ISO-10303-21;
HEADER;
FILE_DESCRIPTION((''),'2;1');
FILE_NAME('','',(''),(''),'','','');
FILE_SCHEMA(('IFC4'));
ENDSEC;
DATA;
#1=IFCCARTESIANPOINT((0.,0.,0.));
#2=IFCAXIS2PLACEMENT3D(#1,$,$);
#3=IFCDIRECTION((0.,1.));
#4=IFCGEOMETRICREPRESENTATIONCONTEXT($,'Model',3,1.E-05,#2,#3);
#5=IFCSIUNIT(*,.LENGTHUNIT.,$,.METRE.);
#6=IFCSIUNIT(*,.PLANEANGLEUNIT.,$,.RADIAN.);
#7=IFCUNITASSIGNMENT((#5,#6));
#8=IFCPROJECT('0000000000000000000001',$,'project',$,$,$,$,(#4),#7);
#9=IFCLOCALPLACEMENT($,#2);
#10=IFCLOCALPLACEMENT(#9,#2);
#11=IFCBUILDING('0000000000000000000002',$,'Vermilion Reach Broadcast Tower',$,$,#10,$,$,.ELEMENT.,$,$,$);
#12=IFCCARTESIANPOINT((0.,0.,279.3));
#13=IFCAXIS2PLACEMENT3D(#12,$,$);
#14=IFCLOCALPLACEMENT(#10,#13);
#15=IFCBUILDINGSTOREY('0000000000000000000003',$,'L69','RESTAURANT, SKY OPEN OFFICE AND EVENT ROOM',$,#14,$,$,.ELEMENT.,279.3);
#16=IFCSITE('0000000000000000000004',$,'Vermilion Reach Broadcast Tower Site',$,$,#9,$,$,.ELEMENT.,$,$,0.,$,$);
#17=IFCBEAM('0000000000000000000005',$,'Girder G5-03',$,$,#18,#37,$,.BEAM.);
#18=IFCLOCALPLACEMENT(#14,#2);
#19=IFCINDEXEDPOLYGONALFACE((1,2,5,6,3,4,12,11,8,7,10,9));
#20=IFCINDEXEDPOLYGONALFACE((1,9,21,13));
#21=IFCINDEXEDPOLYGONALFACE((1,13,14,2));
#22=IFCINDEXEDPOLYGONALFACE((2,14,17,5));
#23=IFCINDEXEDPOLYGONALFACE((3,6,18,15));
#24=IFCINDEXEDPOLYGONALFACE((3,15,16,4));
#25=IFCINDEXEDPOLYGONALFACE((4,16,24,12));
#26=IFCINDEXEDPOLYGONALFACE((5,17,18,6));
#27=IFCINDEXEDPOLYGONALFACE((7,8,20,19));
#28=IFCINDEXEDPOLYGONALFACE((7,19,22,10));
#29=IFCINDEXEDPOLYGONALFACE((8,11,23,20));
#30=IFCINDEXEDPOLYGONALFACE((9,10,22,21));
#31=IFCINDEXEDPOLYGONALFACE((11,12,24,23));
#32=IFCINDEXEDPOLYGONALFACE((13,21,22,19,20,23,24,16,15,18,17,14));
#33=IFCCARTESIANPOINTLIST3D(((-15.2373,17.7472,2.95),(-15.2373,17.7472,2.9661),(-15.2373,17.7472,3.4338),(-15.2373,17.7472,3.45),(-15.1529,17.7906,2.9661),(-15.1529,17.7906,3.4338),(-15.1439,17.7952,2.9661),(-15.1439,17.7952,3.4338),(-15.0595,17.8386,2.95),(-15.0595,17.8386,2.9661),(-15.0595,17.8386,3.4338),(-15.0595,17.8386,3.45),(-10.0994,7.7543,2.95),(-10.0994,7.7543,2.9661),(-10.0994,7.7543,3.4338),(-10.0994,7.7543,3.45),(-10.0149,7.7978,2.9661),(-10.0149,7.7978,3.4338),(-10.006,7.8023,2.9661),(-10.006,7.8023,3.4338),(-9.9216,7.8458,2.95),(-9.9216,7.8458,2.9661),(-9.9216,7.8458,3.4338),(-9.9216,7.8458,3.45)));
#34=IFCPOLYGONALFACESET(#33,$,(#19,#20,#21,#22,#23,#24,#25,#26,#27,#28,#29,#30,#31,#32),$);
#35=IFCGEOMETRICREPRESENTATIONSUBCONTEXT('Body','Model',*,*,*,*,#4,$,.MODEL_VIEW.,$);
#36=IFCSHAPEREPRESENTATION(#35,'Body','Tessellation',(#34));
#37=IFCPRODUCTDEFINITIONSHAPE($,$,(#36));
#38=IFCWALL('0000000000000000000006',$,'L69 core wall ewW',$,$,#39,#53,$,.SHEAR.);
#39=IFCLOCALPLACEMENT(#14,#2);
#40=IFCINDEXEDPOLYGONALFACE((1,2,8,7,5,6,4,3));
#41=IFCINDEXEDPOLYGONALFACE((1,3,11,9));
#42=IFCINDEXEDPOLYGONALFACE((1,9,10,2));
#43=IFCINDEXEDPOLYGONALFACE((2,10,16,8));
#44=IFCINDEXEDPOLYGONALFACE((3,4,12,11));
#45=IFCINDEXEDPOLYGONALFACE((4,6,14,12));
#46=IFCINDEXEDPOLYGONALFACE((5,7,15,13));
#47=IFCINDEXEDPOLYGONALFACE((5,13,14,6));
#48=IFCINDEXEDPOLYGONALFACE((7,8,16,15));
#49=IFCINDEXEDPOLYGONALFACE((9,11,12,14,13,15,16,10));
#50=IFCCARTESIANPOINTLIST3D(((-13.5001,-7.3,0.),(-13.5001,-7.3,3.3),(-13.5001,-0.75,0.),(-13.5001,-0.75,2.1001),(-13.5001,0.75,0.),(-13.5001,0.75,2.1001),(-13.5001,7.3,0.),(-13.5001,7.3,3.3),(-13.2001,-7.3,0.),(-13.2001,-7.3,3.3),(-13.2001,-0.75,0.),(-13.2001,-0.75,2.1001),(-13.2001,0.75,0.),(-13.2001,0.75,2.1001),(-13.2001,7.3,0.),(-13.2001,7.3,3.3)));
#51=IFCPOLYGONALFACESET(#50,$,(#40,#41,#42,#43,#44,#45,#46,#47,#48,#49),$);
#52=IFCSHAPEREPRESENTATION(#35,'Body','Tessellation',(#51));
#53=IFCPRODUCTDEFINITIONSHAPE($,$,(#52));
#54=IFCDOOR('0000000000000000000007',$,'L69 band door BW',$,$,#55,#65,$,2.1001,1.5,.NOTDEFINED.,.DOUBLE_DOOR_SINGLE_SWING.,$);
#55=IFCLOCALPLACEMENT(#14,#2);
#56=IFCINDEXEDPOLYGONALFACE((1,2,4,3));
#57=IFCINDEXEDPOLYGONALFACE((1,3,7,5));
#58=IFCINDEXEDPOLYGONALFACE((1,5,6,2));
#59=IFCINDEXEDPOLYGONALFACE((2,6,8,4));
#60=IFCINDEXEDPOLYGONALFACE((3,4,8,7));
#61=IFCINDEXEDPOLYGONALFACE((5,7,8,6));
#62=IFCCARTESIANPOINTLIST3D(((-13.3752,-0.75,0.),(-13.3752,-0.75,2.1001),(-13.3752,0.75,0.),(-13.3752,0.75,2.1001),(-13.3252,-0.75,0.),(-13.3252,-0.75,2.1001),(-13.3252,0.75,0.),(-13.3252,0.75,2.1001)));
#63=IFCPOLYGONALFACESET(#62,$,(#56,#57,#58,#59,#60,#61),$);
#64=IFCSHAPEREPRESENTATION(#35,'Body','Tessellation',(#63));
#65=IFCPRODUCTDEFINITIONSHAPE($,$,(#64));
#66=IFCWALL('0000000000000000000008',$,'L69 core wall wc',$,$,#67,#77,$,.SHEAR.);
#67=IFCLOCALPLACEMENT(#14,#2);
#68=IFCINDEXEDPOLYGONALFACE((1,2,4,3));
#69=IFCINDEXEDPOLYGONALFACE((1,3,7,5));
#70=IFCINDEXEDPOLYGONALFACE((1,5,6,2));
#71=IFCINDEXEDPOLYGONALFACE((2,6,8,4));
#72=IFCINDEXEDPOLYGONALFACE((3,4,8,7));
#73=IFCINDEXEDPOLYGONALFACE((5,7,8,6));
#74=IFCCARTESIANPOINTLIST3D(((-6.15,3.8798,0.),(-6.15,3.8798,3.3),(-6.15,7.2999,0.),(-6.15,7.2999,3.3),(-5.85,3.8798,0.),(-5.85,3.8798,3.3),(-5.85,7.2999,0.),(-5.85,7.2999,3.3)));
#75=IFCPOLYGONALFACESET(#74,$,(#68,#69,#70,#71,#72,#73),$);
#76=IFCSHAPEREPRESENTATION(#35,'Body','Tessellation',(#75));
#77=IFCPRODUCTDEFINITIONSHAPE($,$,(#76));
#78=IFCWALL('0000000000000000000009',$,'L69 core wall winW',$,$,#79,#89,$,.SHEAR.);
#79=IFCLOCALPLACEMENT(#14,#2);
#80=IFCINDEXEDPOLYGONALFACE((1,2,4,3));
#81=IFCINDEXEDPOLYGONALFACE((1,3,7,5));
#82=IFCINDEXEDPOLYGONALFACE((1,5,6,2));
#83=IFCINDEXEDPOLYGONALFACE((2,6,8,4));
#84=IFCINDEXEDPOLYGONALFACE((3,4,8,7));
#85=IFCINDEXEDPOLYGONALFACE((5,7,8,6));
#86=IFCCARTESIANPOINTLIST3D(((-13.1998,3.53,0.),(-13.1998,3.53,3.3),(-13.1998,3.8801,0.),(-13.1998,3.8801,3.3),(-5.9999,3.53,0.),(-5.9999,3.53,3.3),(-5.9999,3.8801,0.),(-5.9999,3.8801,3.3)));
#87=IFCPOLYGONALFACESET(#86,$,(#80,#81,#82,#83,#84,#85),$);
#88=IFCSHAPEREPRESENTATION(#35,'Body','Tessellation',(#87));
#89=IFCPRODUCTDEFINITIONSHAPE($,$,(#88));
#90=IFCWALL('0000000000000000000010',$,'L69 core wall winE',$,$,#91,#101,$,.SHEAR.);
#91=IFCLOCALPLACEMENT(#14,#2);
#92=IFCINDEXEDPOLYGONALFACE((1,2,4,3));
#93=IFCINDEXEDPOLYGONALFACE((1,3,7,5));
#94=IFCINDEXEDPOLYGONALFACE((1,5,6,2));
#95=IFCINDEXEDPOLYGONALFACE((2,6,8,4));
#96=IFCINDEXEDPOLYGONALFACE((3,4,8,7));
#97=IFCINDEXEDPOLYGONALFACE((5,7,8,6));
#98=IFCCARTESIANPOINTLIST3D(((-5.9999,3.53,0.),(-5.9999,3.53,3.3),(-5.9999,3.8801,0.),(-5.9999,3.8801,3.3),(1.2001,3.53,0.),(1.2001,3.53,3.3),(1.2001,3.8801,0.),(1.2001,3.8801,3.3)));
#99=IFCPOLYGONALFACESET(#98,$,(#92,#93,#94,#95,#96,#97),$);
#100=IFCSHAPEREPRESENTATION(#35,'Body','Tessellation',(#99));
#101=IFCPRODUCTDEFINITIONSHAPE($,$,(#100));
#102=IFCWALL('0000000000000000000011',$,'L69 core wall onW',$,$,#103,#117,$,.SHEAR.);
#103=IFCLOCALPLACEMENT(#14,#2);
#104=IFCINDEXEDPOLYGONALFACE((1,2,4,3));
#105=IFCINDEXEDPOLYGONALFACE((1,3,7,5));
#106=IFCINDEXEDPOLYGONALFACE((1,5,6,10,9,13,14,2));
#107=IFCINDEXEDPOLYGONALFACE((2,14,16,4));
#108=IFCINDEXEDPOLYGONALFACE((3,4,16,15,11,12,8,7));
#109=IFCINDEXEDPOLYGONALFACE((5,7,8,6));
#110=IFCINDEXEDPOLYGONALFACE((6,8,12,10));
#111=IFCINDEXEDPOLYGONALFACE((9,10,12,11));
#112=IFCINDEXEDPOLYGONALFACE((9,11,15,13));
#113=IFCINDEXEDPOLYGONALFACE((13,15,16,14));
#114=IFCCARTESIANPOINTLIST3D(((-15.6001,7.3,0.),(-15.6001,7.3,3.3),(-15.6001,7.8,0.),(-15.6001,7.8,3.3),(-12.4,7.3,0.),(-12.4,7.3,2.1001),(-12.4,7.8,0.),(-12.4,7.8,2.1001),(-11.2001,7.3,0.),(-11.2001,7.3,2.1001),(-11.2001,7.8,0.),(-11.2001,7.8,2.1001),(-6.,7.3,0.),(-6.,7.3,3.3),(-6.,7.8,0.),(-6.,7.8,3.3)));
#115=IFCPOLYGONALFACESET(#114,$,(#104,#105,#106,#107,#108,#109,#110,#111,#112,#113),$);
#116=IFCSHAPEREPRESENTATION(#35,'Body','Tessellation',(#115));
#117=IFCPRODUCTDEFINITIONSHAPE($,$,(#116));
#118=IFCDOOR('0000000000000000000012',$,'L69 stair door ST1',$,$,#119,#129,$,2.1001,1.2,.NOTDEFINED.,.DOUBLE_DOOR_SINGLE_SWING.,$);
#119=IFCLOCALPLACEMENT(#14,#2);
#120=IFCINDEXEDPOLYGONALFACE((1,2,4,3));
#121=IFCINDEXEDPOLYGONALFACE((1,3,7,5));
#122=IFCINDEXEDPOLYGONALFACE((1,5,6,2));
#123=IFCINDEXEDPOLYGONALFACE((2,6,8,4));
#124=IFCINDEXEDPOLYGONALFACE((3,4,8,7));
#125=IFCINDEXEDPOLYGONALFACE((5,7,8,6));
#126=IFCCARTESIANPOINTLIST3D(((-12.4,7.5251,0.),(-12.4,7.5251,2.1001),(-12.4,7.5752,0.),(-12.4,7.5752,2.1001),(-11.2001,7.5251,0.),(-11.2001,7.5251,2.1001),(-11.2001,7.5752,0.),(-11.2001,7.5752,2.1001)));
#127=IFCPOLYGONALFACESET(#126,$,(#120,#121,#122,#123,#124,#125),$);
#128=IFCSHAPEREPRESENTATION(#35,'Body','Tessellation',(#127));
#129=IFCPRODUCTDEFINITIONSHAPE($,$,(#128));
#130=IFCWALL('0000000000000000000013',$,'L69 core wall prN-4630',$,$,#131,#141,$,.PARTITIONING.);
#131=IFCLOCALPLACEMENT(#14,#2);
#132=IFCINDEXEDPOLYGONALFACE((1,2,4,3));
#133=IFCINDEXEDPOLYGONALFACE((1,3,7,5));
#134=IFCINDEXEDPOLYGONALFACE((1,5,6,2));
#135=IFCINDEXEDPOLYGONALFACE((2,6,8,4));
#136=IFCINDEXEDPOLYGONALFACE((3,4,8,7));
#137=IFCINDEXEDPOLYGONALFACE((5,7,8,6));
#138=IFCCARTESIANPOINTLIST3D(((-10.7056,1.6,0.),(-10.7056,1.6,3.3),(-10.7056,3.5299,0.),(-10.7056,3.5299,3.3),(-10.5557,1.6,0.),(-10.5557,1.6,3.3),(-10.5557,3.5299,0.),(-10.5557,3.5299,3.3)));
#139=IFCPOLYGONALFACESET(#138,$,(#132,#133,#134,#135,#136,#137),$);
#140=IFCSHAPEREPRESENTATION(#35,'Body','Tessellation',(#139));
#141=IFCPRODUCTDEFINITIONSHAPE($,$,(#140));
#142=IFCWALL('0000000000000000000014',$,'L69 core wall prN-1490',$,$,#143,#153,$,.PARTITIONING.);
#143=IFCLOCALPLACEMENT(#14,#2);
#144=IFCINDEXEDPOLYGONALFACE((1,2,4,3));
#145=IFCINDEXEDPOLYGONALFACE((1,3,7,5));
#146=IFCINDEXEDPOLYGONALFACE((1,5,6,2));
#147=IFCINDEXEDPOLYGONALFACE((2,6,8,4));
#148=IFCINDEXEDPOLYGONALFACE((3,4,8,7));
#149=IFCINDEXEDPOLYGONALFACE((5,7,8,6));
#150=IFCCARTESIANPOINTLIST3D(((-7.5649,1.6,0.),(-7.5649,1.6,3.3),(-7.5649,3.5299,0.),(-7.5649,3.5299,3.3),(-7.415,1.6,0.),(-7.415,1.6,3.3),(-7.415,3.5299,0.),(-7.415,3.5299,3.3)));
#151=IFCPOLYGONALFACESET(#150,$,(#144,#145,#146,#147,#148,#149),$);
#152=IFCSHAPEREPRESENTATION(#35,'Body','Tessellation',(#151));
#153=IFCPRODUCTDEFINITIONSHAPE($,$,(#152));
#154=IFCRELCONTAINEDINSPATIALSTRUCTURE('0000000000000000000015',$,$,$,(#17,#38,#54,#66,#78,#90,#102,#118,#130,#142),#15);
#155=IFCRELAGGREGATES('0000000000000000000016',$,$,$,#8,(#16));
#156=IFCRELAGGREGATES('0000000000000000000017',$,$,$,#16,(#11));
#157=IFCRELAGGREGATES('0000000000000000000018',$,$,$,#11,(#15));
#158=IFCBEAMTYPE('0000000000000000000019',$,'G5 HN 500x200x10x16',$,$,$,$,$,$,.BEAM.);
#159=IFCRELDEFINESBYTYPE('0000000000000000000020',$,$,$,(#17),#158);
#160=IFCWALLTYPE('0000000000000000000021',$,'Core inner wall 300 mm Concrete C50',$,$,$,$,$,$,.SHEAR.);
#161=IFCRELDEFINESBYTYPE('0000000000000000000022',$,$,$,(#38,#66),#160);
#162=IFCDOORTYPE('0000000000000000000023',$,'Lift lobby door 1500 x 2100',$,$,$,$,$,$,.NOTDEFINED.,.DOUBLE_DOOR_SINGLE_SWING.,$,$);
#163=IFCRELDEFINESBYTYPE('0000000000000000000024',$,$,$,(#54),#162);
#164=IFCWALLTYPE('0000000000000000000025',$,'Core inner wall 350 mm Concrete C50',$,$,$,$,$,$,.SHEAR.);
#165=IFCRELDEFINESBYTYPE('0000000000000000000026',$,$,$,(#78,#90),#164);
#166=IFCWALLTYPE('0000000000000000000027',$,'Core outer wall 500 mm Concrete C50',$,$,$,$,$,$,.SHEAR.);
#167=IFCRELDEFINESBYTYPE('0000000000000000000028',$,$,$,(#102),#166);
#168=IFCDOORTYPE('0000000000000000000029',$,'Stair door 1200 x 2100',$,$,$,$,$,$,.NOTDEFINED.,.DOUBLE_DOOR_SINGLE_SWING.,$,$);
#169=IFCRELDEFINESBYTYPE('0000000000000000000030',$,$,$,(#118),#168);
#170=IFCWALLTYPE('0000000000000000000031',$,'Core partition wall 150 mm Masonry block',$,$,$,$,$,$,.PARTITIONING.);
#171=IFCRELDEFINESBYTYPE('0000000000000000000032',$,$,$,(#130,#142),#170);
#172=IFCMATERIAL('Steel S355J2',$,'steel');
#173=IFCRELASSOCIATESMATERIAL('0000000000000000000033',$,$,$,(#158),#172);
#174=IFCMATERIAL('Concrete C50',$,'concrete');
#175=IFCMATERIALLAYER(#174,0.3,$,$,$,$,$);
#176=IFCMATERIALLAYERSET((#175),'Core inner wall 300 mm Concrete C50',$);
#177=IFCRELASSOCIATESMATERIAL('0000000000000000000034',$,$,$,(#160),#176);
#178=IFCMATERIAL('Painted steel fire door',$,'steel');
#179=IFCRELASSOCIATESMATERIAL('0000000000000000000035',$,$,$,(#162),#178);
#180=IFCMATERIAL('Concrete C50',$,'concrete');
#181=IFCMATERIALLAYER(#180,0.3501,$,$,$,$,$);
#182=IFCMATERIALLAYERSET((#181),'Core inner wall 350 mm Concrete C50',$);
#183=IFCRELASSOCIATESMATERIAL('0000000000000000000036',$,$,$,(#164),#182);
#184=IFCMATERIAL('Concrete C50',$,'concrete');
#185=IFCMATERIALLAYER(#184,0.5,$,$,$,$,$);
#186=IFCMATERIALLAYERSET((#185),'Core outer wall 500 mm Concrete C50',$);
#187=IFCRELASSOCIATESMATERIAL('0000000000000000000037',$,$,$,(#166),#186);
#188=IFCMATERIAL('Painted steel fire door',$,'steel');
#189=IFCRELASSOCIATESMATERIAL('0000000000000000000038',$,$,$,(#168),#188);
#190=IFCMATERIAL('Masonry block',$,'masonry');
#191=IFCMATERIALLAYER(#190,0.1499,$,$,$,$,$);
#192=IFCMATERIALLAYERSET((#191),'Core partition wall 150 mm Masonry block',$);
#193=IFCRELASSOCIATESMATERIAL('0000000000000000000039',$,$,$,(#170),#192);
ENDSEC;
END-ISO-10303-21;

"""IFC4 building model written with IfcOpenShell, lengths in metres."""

from ifc_helpers import new_model, si_unit, direction, frame, frame_2d, origin, origin_2d, place, context, subcontext, project, spatial, rectangle, i_section, extrude, material, layer, layer_set, material_profile, profile_set, type_object, element, fill, save


model = new_model("IFC4")

# Units and contexts
model_context = context("Model", 3, precision=1e-05, world=origin(), true_north=direction((0.0, 1.0)))
body_context = subcontext(model_context, "Body", "Model", "MODEL_VIEW")
ifc_project = project(units=[si_unit("LENGTHUNIT", "METRE"), si_unit("PLANEANGLEUNIT", "RADIAN")], contexts=[model_context])

# Site, building, storey
site_placement = place(None, origin())
site = spatial("IfcSite", under=ifc_project, at=site_placement, Name="Vermilion Reach Broadcast Tower Site", CompositionType="ELEMENT", RefElevation=0.0)
building_placement = place(site_placement, origin())
building = spatial("IfcBuilding", under=site, at=building_placement, Name="Vermilion Reach Broadcast Tower", CompositionType="ELEMENT")
storey_placement = place(building_placement, frame((0.0, 0.0, 279.3)))
storey = spatial("IfcBuildingStorey", under=building, at=storey_placement, Name="L69", Description="RESTAURANT, SKY OPEN OFFICE AND EVENT ROOM", CompositionType="ELEMENT", Elevation=279.3)

# Beam
ifc_material_1 = material(Name="Steel S355J2", Category="steel")
ifc_material_profile = material_profile(ifc_material_1, i_section(OverallWidth=0.2, OverallDepth=0.5, WebThickness=0.01, FlangeThickness=0.0161, at=origin_2d()), Name="S355J2 HN 500x200x10x16")
ifc_profile_set = profile_set([ifc_material_profile], Name="Steel S355J2")
beam_type = type_object("IfcBeamType", Name="G5 HN 500x200x10x16", PredefinedType="BEAM", material=ifc_profile_set)
beam_placement = place(storey_placement, frame((-10.0105, 7.8, 3.2), z_axis=(-0.457258, 0.889334, 0.0), x_axis=(-0.889334, -0.457258, 0.0)))
element("IfcBeam", 1, at=beam_placement, inside=storey, type_object=beam_type, Name="Girder G5-03", PredefinedType="BEAM", context=body_context, shape_type="SweptSolid", body=[
    extrude(i_section(OverallWidth=0.2, OverallDepth=0.5, WebThickness=0.01, FlangeThickness=0.0161, at=origin_2d()), origin(), (0.0, 0.0, 1.0), 11.2363),
])

# Wall, opening, door
ifc_material_2 = material(Name="Concrete C50", Category="concrete")
ifc_layer_1 = layer(ifc_material_2, 0.3)
ifc_layer_set_1 = layer_set([ifc_layer_1], Name="Core inner wall 300 mm Concrete C50")
wall_type_1 = type_object("IfcWallType", Name="Core inner wall 300 mm Concrete C50", PredefinedType="SHEAR", material=ifc_layer_set_1)
wall_1_placement = place(storey_placement, frame((-13.3501, 7.3, 0.0), z_axis=(0.0, 0.0, 1.0), x_axis=(0.0, -1.0, 0.0)))
wall_1 = element("IfcWall", 2, at=wall_1_placement, inside=storey, type_object=wall_type_1, Name="L69 core wall ewW", PredefinedType="SHEAR", context=body_context, shape_type="SweptSolid", body=[
    extrude(rectangle(XDim=14.6001, YDim=0.3, at=frame_2d((7.3, 0.0))), origin(), (0.0, 0.0, 1.0), 3.3),
])
opening_1_placement = place(wall_1_placement, frame((6.55, 0.0, 0.0)))
opening_1 = element("IfcOpeningElement", 3, at=opening_1_placement, cuts=wall_1, PredefinedType="OPENING", context=body_context, shape_type="SweptSolid", body=[
    extrude(rectangle(XDim=1.5, YDim=2.1001, at=frame_2d((0.75, 1.05))), frame((0.0, 0.1599, 0.0), z_axis=(0.0, -1.0, 0.0), x_axis=(1.0, 0.0, 0.0)), (0.0, 0.0, 1.0), 0.3201),
])
ifc_material_3 = material(Name="Painted steel fire door", Category="steel")
door_type_1 = type_object("IfcDoorType", Name="Lift lobby door 1500 x 2100", OperationType="DOUBLE_DOOR_SINGLE_SWING", PredefinedType="NOTDEFINED", material=ifc_material_3)
door_1_placement = place(opening_1_placement, origin())
door_1 = element("IfcDoor", 4, at=door_1_placement, inside=storey, type_object=door_type_1, Name="L69 band door BW", OperationType="DOUBLE_DOOR_SINGLE_SWING", OverallHeight=2.1001, OverallWidth=1.5, PredefinedType="NOTDEFINED", context=body_context, shape_type="SweptSolid", body=[
    extrude(rectangle(XDim=1.5, YDim=2.1001, at=frame_2d((0.75, 1.05))), frame((0.0, 0.0249, 0.0), z_axis=(0.0, -1.0, 0.0), x_axis=(1.0, 0.0, 0.0)), (0.0, 0.0, 1.0), 0.05),
])
fill(opening_1, door_1)

# Walls
wall_2_placement = place(storey_placement, frame((-6.0, 3.8799, 0.0), z_axis=(0.0, 0.0, 1.0), x_axis=(0.0, 1.0, 0.0)))
element("IfcWall", 5, at=wall_2_placement, inside=storey, type_object=wall_type_1, Name="L69 core wall wc", PredefinedType="SHEAR", context=body_context, shape_type="SweptSolid", body=[
    extrude(rectangle(XDim=3.4202, YDim=0.3, at=frame_2d((1.71, 0.0))), origin(), (0.0, 0.0, 1.0), 3.3),
])
ifc_material_4 = material(Name="Concrete C50", Category="concrete")
ifc_layer_2 = layer(ifc_material_4, 0.3501)
ifc_layer_set_2 = layer_set([ifc_layer_2], Name="Core inner wall 350 mm Concrete C50")
wall_type_2 = type_object("IfcWallType", Name="Core inner wall 350 mm Concrete C50", PredefinedType="SHEAR", material=ifc_layer_set_2)
for number, where, z_axis, x_axis, name in (
    (6, (-13.2, 3.7051, 0.0), (0.0, 0.0, 1.0), (1.0, 0.0, 0.0), "L69 core wall winW"),
    (7, (-6.0, 3.7051, 0.0), (0.0, 0.0, 1.0), (1.0, 0.0, 0.0), "L69 core wall winE"),
):
    element("IfcWall", number, at=place(storey_placement, frame(where, z_axis=z_axis, x_axis=x_axis)), inside=storey, type_object=wall_type_2, Name=name, PredefinedType="SHEAR", context=body_context, shape_type="SweptSolid", body=[
        extrude(rectangle(XDim=7.2, YDim=0.3501, at=frame_2d((3.6001, 0.0))), origin(), (0.0, 0.0, 1.0), 3.3),
    ])

# Wall, opening, door
ifc_material_5 = material(Name="Concrete C50", Category="concrete")
ifc_layer_3 = layer(ifc_material_5, 0.5)
ifc_layer_set_3 = layer_set([ifc_layer_3], Name="Core outer wall 500 mm Concrete C50")
wall_type_3 = type_object("IfcWallType", Name="Core outer wall 500 mm Concrete C50", PredefinedType="SHEAR", material=ifc_layer_set_3)
wall_3_placement = place(storey_placement, frame((-6.0, 7.55, 0.0), z_axis=(0.0, 0.0, 1.0), x_axis=(-1.0, 0.0, 0.0)))
wall_3 = element("IfcWall", 8, at=wall_3_placement, inside=storey, type_object=wall_type_3, Name="L69 core wall onW", PredefinedType="SHEAR", context=body_context, shape_type="SweptSolid", body=[
    extrude(rectangle(XDim=9.6001, YDim=0.5, at=frame_2d((4.8, 0.0))), origin(), (0.0, 0.0, 1.0), 3.3),
])
opening_2_placement = place(wall_3_placement, frame((5.2, 0.0, 0.0)))
opening_2 = element("IfcOpeningElement", 9, at=opening_2_placement, cuts=wall_3, PredefinedType="OPENING", context=body_context, shape_type="SweptSolid", body=[
    extrude(rectangle(XDim=1.2, YDim=2.1001, at=frame_2d((0.6001, 1.05))), frame((0.0, 0.26, 0.0), z_axis=(0.0, -1.0, 0.0), x_axis=(1.0, 0.0, 0.0)), (0.0, 0.0, 1.0), 0.52),
])
ifc_material_6 = material(Name="Painted steel fire door", Category="steel")
door_type_2 = type_object("IfcDoorType", Name="Stair door 1200 x 2100", OperationType="DOUBLE_DOOR_SINGLE_SWING", PredefinedType="NOTDEFINED", material=ifc_material_6)
door_2_placement = place(opening_2_placement, origin())
door_2 = element("IfcDoor", 10, at=door_2_placement, inside=storey, type_object=door_type_2, Name="L69 stair door ST1", OperationType="DOUBLE_DOOR_SINGLE_SWING", OverallHeight=2.1001, OverallWidth=1.2, PredefinedType="NOTDEFINED", context=body_context, shape_type="SweptSolid", body=[
    extrude(rectangle(XDim=1.2, YDim=2.1001, at=frame_2d((0.6001, 1.05))), frame((0.0, 0.0249, 0.0), z_axis=(0.0, -1.0, 0.0), x_axis=(1.0, 0.0, 0.0)), (0.0, 0.0, 1.0), 0.05),
])
fill(opening_2, door_2)

# Walls
ifc_material_7 = material(Name="Masonry block", Category="masonry")
ifc_layer_4 = layer(ifc_material_7, 0.1499)
ifc_layer_set_4 = layer_set([ifc_layer_4], Name="Core partition wall 150 mm Masonry block")
wall_type_4 = type_object("IfcWallType", Name="Core partition wall 150 mm Masonry block", PredefinedType="PARTITIONING", material=ifc_layer_set_4)
for number, where, z_axis, x_axis, name in (
    (11, (-10.6306, 1.6001, 0.0), (0.0, 0.0, 1.0), (0.0, 1.0, 0.0), "L69 core wall prN-4630"),
    (12, (-7.49, 1.6001, 0.0), (0.0, 0.0, 1.0), (0.0, 1.0, 0.0), "L69 core wall prN-1490"),
):
    element("IfcWall", number, at=place(storey_placement, frame(where, z_axis=z_axis, x_axis=x_axis)), inside=storey, type_object=wall_type_4, Name=name, PredefinedType="PARTITIONING", context=body_context, shape_type="SweptSolid", body=[
        extrude(rectangle(XDim=1.9299, YDim=0.1499, at=frame_2d((0.9648, 0.0))), origin(), (0.0, 0.0, 1.0), 3.3),
    ])

save(model, "model.ifc")
